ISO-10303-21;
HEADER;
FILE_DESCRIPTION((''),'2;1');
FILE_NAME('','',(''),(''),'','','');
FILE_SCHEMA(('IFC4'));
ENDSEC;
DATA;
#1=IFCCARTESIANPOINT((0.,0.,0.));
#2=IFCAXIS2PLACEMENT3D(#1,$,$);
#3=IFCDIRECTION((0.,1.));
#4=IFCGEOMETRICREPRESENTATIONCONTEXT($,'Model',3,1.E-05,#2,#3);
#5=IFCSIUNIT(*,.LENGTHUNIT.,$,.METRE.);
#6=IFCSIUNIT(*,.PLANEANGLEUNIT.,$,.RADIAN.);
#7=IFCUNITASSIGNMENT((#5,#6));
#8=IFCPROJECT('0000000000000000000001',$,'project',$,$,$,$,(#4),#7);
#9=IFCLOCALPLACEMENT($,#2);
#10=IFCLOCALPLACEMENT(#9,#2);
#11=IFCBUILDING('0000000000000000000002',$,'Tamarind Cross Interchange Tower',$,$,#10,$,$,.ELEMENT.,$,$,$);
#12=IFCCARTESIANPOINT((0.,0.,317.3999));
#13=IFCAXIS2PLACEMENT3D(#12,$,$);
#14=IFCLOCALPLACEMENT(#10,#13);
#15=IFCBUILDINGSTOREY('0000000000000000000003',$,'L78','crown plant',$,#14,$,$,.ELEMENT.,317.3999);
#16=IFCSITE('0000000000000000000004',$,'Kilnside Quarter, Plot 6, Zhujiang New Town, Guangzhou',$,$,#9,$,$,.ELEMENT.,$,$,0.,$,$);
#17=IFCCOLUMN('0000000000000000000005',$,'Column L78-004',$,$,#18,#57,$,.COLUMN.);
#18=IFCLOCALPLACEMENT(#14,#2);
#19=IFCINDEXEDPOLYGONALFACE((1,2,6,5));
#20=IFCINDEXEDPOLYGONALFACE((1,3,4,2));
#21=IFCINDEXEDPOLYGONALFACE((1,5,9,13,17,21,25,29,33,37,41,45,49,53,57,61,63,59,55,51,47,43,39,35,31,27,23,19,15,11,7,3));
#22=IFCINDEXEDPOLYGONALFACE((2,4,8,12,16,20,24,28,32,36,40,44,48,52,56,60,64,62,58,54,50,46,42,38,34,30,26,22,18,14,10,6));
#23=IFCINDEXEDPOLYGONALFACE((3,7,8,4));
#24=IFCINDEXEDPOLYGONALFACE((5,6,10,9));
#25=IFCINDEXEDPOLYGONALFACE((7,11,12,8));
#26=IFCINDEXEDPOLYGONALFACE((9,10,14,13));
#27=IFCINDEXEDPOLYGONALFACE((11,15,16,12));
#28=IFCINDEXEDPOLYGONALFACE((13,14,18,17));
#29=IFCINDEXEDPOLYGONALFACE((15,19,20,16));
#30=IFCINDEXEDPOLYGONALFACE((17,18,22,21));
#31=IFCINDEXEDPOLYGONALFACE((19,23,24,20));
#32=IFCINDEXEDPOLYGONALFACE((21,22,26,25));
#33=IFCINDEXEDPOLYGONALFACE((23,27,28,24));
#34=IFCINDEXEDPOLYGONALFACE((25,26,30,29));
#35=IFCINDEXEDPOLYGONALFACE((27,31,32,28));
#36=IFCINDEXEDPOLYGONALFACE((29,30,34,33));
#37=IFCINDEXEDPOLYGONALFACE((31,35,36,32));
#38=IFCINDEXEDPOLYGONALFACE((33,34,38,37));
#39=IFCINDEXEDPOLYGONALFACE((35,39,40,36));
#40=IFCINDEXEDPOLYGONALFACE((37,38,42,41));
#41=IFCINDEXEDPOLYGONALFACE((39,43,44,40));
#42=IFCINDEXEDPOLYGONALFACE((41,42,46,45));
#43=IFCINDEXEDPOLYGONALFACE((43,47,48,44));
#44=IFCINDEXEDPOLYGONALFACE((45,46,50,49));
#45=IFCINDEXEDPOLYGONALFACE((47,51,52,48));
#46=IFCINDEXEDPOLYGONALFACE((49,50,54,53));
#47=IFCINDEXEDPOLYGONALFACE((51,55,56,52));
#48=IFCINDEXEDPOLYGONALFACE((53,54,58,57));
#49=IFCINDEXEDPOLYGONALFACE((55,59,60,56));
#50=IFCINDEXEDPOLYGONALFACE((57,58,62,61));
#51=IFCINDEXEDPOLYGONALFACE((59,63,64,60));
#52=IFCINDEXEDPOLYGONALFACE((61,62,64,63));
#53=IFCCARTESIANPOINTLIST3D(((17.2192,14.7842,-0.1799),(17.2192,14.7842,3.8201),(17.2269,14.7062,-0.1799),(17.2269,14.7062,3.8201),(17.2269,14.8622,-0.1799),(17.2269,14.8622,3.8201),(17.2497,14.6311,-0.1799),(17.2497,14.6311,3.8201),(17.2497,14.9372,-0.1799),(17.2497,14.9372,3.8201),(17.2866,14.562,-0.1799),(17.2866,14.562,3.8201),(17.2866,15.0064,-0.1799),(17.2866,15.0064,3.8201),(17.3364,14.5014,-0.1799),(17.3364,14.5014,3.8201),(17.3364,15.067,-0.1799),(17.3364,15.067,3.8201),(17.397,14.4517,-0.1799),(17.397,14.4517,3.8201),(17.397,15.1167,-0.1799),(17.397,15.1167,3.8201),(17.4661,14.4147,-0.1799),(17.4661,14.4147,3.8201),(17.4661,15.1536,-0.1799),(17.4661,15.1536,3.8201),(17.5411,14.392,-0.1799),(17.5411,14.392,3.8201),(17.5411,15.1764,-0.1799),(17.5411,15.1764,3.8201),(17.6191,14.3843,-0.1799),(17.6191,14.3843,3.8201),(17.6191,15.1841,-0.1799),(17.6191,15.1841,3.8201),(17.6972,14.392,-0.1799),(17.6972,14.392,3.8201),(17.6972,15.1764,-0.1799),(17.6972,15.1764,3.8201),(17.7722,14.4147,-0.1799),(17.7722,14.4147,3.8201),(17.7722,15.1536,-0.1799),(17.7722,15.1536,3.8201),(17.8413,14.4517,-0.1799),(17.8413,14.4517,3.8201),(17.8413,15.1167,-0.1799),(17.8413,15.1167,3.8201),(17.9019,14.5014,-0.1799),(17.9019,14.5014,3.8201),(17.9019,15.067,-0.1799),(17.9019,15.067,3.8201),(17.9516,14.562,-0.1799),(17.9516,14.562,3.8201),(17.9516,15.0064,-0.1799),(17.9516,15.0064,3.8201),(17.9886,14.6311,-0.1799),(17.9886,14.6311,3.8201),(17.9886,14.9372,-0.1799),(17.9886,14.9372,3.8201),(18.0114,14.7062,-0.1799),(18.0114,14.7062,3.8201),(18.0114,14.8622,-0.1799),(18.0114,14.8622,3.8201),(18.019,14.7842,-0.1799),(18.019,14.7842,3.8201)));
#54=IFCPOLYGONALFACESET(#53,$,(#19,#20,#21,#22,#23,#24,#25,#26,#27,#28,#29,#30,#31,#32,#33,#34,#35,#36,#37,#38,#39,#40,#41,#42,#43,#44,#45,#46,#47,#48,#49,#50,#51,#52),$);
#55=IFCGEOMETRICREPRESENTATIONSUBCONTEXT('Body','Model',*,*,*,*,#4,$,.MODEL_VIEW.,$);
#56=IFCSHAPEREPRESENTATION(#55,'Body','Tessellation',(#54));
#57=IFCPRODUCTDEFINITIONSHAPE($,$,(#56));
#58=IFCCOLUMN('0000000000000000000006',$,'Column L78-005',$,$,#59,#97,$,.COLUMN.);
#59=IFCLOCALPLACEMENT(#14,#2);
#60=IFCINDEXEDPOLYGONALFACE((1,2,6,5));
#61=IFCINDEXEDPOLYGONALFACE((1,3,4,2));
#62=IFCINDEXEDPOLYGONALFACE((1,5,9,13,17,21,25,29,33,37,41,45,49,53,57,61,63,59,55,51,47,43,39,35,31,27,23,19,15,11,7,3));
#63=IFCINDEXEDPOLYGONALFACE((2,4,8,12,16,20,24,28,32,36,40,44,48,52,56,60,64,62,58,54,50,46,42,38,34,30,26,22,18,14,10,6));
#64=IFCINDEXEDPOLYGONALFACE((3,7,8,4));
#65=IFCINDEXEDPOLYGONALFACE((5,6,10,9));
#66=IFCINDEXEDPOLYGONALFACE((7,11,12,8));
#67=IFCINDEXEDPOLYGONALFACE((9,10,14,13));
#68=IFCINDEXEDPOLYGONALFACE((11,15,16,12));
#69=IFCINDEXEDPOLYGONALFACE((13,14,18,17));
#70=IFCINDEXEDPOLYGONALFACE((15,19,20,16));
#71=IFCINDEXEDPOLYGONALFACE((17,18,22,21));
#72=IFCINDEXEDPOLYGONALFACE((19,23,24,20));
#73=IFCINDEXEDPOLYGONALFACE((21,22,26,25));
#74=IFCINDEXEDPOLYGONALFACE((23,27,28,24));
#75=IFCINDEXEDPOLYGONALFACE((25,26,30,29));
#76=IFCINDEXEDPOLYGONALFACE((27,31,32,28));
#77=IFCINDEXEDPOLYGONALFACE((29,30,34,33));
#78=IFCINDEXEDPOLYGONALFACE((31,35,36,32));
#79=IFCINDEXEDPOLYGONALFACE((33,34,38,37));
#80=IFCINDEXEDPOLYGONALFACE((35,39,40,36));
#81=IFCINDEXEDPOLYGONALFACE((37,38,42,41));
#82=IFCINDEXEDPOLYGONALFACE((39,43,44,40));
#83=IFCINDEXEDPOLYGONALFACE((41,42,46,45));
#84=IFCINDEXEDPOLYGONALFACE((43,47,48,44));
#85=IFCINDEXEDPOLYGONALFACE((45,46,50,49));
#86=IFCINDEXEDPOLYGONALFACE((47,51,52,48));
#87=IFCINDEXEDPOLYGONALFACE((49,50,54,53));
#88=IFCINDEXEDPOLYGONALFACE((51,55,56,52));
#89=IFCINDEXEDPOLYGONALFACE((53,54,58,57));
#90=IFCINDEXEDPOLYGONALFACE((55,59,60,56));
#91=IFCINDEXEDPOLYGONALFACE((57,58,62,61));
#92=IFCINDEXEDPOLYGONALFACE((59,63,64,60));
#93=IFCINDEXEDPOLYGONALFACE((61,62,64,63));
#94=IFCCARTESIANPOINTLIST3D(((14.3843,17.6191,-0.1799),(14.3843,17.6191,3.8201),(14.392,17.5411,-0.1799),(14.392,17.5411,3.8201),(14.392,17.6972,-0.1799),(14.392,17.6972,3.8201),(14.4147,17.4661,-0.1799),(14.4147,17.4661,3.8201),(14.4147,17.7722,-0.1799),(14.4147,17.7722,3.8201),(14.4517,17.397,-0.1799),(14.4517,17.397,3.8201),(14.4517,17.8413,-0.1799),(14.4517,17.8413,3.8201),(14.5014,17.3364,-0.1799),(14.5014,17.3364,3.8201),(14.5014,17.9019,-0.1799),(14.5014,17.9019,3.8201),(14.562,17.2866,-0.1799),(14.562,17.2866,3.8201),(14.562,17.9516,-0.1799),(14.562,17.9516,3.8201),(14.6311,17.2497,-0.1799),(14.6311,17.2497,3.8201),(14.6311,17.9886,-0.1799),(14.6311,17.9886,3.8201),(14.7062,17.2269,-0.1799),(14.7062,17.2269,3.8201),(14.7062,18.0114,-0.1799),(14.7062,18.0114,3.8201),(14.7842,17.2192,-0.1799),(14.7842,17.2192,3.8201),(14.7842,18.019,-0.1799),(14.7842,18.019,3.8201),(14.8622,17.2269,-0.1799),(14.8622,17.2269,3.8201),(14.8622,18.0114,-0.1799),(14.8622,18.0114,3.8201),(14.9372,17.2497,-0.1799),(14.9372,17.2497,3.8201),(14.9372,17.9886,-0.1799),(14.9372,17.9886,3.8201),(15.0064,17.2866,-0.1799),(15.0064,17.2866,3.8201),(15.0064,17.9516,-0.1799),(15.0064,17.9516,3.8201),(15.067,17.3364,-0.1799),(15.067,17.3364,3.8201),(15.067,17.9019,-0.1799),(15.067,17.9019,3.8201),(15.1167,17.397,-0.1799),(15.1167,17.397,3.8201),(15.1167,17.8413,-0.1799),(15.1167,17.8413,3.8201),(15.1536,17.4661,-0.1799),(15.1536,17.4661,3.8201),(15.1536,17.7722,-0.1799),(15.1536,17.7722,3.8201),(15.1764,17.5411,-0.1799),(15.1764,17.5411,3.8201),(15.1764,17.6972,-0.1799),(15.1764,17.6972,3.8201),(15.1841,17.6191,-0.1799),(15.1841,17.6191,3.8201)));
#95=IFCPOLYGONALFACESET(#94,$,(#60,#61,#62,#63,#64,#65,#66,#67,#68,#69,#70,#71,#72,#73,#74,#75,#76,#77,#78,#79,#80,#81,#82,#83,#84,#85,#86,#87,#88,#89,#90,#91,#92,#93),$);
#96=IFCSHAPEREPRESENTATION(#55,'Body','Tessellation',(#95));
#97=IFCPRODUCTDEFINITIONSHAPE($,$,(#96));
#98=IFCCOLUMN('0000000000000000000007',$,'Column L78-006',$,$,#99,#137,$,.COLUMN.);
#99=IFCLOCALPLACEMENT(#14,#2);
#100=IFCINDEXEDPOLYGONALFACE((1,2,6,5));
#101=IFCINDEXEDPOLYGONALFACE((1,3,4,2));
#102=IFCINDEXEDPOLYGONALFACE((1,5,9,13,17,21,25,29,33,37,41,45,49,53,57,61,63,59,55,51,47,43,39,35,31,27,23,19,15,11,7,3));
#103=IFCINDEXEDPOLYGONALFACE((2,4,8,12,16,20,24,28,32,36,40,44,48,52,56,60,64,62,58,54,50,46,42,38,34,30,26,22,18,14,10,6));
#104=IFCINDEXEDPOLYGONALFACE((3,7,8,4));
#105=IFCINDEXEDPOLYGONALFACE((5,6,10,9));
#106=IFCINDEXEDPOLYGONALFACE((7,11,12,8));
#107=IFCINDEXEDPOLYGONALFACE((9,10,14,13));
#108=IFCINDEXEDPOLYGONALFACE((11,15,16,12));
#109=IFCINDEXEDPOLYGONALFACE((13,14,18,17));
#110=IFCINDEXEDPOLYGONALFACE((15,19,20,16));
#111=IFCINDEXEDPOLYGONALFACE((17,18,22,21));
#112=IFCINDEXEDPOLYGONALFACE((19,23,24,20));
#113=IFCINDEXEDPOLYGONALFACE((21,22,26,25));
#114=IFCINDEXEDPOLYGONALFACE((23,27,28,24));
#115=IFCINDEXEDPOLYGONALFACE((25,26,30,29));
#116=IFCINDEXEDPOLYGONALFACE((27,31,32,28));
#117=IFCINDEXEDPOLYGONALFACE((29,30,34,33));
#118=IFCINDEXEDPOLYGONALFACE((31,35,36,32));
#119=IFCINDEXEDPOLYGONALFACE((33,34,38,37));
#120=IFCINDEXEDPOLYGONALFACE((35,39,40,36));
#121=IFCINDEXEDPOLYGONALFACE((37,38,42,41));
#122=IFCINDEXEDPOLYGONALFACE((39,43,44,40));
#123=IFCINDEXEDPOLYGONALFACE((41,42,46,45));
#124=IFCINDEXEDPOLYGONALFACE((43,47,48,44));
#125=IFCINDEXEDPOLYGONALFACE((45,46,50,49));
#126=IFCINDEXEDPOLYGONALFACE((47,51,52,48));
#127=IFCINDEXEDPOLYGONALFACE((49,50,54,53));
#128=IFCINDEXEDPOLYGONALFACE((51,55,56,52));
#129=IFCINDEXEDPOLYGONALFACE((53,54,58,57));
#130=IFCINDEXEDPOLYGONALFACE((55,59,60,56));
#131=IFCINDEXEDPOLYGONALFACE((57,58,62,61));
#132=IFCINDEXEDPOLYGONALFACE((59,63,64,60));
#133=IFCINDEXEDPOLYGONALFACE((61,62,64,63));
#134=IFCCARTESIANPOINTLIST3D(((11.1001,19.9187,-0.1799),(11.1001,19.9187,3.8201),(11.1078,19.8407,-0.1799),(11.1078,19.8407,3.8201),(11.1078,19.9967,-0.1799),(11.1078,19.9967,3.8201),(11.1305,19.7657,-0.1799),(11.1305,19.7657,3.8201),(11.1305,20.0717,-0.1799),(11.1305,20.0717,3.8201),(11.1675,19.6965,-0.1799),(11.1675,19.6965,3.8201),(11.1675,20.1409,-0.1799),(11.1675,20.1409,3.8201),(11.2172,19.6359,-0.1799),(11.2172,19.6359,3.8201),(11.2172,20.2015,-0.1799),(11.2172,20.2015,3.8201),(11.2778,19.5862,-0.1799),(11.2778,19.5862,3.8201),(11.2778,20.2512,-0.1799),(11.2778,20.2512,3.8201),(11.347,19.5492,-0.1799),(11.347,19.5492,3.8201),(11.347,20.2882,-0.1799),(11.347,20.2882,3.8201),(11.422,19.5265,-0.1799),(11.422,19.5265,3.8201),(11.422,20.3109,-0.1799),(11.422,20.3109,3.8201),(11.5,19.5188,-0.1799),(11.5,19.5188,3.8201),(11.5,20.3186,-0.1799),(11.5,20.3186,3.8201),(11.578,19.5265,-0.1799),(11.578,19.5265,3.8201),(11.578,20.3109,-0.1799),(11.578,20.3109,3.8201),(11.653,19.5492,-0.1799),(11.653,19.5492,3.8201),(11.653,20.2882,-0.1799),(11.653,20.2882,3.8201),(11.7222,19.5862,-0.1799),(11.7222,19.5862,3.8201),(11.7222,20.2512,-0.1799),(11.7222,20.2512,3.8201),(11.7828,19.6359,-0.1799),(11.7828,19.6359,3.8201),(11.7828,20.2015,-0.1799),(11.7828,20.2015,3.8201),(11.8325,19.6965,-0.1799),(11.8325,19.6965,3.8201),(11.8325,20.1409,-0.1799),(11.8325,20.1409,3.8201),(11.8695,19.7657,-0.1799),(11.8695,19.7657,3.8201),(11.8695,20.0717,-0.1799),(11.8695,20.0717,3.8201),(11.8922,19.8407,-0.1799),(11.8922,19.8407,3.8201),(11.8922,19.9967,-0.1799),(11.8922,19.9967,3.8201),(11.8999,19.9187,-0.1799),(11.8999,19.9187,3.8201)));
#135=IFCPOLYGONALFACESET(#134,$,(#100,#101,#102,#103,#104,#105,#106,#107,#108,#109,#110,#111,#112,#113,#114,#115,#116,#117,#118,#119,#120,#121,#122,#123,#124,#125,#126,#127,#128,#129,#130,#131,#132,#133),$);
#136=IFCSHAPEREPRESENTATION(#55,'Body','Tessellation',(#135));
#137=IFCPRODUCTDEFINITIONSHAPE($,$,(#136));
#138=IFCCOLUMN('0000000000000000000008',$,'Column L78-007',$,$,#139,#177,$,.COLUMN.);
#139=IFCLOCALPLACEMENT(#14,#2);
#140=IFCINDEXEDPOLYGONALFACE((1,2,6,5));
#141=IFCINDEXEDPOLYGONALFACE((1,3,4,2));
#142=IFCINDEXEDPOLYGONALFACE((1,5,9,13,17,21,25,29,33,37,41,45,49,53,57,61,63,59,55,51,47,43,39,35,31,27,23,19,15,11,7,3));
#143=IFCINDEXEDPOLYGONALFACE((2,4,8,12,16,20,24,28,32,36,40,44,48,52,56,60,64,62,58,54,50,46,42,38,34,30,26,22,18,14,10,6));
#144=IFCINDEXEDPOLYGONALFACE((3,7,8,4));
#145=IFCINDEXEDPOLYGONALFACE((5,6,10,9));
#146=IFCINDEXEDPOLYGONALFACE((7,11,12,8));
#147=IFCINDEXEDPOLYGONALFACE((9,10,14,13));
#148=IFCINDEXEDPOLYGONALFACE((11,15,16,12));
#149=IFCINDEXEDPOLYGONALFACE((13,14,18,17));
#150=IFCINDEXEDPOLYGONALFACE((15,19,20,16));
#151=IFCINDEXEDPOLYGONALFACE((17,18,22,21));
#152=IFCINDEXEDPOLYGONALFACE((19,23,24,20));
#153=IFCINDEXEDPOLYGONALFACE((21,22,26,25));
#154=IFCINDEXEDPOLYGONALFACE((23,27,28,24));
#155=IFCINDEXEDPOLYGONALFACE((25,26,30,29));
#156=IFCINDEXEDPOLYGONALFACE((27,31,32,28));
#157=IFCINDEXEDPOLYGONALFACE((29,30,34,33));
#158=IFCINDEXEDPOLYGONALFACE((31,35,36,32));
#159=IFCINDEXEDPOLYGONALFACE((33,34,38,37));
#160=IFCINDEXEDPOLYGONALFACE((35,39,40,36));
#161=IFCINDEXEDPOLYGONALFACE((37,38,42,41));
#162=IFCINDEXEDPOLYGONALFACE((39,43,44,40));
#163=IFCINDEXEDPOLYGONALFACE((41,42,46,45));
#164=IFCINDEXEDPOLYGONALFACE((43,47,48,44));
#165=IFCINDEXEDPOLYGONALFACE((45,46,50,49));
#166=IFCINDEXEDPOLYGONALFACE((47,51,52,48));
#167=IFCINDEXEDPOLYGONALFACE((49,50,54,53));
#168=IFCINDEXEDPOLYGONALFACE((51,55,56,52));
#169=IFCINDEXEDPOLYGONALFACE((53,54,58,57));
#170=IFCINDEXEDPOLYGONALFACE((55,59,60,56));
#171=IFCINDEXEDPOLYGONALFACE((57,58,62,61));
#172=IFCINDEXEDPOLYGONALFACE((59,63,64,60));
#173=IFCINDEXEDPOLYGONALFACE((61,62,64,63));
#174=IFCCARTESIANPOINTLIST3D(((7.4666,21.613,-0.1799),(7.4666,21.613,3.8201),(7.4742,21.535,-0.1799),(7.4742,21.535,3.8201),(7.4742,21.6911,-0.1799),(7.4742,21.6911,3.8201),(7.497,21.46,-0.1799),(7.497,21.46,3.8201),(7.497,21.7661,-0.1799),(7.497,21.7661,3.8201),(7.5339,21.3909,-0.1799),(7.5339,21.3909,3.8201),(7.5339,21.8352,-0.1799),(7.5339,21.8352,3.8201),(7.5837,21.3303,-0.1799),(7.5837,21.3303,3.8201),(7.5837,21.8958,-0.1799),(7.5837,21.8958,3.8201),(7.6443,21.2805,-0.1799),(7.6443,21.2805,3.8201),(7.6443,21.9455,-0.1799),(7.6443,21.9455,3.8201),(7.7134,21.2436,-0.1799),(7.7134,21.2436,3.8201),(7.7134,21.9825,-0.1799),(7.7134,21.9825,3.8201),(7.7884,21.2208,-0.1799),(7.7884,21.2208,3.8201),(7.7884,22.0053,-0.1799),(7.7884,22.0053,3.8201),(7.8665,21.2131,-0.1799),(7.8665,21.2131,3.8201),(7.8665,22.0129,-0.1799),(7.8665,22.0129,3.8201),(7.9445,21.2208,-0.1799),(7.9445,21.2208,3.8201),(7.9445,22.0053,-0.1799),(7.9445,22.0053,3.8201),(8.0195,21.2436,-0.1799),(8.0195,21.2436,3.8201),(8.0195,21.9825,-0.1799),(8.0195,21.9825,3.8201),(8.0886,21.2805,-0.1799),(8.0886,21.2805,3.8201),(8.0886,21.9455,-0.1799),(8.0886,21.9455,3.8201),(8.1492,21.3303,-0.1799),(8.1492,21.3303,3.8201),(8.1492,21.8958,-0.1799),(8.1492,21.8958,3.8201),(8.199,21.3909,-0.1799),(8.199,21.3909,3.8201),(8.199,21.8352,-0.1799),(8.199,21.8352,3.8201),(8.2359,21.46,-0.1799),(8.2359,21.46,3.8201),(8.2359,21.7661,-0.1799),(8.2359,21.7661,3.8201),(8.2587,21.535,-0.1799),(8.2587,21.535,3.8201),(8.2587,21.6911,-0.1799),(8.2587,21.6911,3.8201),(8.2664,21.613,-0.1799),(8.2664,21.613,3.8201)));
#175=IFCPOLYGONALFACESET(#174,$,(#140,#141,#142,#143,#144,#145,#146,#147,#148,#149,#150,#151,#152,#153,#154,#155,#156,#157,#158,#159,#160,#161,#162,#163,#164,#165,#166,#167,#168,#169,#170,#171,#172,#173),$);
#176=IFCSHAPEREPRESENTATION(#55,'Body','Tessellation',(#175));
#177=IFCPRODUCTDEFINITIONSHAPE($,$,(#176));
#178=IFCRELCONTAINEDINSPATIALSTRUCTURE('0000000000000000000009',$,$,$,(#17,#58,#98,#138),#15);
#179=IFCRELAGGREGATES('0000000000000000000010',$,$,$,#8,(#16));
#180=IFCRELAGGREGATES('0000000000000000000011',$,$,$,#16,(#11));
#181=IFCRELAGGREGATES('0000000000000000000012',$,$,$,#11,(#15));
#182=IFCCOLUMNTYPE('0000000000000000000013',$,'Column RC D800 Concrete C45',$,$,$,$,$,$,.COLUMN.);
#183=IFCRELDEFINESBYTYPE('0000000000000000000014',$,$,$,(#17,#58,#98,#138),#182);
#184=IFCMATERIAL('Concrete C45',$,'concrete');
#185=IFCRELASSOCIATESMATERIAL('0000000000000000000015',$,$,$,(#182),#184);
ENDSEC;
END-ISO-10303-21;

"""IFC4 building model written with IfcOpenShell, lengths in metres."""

from ifc_helpers import new_model, si_unit, direction, frame, origin, origin_2d, place, context, subcontext, project, spatial, circle, extrude, material, material_profile, profile_set, type_object, element, save


model = new_model("IFC4")

# Units and contexts
model_context = context("Model", 3, precision=1e-05, world=origin(), true_north=direction((0.0, 1.0)))
body_context = subcontext(model_context, "Body", "Model", "MODEL_VIEW")
ifc_project = project(units=[si_unit("LENGTHUNIT", "METRE"), si_unit("PLANEANGLEUNIT", "RADIAN")], contexts=[model_context])

# Site, building, storey
site_placement = place(None, origin())
site = spatial("IfcSite", under=ifc_project, at=site_placement, Name="Kilnside Quarter, Plot 6, Zhujiang New Town, Guangzhou", CompositionType="ELEMENT", RefElevation=0.0)
building_placement = place(site_placement, origin())
building = spatial("IfcBuilding", under=site, at=building_placement, Name="Tamarind Cross Interchange Tower", CompositionType="ELEMENT")
storey_placement = place(building_placement, frame((0.0, 0.0, 317.3999)))
storey = spatial("IfcBuildingStorey", under=building, at=storey_placement, Name="L78", Description="crown plant", CompositionType="ELEMENT", Elevation=317.3999)

# Columns
ifc_material_1 = material(Name="Concrete C45", Category="concrete")
ifc_material_profile_1 = material_profile(ifc_material_1, circle(Radius=0.3999, at=origin_2d()), Name="RC D800")
ifc_profile_set_1 = profile_set([ifc_material_profile_1], Name="Concrete C45")
column_type = type_object("IfcColumnType", Name="Column RC D800 Concrete C45", PredefinedType="COLUMN", material=ifc_profile_set_1)
for number, where, z_axis, x_axis, name in (
    (1, (17.6191, 14.7842, -0.1799), (0.0, 0.0, 1.0), (1.0, 0.0, 0.0), "Column L78-004"),
    (2, (14.7842, 17.6191, -0.1799), (0.0, 0.0, 1.0), (1.0, 0.0, 0.0), "Column L78-005"),
    (3, (11.5, 19.9187, -0.1799), (0.0, 0.0, 1.0), (1.0, 0.0, 0.0), "Column L78-006"),
    (4, (7.8665, 21.613, -0.1799), (0.0, 0.0, 1.0), (1.0, 0.0, 0.0), "Column L78-007"),
):
    element("IfcColumn", number, at=place(storey_placement, frame(where, z_axis=z_axis, x_axis=x_axis)), inside=storey, type_object=column_type, Name=name, PredefinedType="COLUMN", context=body_context, shape_type="SweptSolid", body=[
        extrude(circle(Radius=0.3999, at=origin_2d()), origin(), (0.0, 0.0, 1.0), 4.0),
    ])

save(model, "model.ifc")
